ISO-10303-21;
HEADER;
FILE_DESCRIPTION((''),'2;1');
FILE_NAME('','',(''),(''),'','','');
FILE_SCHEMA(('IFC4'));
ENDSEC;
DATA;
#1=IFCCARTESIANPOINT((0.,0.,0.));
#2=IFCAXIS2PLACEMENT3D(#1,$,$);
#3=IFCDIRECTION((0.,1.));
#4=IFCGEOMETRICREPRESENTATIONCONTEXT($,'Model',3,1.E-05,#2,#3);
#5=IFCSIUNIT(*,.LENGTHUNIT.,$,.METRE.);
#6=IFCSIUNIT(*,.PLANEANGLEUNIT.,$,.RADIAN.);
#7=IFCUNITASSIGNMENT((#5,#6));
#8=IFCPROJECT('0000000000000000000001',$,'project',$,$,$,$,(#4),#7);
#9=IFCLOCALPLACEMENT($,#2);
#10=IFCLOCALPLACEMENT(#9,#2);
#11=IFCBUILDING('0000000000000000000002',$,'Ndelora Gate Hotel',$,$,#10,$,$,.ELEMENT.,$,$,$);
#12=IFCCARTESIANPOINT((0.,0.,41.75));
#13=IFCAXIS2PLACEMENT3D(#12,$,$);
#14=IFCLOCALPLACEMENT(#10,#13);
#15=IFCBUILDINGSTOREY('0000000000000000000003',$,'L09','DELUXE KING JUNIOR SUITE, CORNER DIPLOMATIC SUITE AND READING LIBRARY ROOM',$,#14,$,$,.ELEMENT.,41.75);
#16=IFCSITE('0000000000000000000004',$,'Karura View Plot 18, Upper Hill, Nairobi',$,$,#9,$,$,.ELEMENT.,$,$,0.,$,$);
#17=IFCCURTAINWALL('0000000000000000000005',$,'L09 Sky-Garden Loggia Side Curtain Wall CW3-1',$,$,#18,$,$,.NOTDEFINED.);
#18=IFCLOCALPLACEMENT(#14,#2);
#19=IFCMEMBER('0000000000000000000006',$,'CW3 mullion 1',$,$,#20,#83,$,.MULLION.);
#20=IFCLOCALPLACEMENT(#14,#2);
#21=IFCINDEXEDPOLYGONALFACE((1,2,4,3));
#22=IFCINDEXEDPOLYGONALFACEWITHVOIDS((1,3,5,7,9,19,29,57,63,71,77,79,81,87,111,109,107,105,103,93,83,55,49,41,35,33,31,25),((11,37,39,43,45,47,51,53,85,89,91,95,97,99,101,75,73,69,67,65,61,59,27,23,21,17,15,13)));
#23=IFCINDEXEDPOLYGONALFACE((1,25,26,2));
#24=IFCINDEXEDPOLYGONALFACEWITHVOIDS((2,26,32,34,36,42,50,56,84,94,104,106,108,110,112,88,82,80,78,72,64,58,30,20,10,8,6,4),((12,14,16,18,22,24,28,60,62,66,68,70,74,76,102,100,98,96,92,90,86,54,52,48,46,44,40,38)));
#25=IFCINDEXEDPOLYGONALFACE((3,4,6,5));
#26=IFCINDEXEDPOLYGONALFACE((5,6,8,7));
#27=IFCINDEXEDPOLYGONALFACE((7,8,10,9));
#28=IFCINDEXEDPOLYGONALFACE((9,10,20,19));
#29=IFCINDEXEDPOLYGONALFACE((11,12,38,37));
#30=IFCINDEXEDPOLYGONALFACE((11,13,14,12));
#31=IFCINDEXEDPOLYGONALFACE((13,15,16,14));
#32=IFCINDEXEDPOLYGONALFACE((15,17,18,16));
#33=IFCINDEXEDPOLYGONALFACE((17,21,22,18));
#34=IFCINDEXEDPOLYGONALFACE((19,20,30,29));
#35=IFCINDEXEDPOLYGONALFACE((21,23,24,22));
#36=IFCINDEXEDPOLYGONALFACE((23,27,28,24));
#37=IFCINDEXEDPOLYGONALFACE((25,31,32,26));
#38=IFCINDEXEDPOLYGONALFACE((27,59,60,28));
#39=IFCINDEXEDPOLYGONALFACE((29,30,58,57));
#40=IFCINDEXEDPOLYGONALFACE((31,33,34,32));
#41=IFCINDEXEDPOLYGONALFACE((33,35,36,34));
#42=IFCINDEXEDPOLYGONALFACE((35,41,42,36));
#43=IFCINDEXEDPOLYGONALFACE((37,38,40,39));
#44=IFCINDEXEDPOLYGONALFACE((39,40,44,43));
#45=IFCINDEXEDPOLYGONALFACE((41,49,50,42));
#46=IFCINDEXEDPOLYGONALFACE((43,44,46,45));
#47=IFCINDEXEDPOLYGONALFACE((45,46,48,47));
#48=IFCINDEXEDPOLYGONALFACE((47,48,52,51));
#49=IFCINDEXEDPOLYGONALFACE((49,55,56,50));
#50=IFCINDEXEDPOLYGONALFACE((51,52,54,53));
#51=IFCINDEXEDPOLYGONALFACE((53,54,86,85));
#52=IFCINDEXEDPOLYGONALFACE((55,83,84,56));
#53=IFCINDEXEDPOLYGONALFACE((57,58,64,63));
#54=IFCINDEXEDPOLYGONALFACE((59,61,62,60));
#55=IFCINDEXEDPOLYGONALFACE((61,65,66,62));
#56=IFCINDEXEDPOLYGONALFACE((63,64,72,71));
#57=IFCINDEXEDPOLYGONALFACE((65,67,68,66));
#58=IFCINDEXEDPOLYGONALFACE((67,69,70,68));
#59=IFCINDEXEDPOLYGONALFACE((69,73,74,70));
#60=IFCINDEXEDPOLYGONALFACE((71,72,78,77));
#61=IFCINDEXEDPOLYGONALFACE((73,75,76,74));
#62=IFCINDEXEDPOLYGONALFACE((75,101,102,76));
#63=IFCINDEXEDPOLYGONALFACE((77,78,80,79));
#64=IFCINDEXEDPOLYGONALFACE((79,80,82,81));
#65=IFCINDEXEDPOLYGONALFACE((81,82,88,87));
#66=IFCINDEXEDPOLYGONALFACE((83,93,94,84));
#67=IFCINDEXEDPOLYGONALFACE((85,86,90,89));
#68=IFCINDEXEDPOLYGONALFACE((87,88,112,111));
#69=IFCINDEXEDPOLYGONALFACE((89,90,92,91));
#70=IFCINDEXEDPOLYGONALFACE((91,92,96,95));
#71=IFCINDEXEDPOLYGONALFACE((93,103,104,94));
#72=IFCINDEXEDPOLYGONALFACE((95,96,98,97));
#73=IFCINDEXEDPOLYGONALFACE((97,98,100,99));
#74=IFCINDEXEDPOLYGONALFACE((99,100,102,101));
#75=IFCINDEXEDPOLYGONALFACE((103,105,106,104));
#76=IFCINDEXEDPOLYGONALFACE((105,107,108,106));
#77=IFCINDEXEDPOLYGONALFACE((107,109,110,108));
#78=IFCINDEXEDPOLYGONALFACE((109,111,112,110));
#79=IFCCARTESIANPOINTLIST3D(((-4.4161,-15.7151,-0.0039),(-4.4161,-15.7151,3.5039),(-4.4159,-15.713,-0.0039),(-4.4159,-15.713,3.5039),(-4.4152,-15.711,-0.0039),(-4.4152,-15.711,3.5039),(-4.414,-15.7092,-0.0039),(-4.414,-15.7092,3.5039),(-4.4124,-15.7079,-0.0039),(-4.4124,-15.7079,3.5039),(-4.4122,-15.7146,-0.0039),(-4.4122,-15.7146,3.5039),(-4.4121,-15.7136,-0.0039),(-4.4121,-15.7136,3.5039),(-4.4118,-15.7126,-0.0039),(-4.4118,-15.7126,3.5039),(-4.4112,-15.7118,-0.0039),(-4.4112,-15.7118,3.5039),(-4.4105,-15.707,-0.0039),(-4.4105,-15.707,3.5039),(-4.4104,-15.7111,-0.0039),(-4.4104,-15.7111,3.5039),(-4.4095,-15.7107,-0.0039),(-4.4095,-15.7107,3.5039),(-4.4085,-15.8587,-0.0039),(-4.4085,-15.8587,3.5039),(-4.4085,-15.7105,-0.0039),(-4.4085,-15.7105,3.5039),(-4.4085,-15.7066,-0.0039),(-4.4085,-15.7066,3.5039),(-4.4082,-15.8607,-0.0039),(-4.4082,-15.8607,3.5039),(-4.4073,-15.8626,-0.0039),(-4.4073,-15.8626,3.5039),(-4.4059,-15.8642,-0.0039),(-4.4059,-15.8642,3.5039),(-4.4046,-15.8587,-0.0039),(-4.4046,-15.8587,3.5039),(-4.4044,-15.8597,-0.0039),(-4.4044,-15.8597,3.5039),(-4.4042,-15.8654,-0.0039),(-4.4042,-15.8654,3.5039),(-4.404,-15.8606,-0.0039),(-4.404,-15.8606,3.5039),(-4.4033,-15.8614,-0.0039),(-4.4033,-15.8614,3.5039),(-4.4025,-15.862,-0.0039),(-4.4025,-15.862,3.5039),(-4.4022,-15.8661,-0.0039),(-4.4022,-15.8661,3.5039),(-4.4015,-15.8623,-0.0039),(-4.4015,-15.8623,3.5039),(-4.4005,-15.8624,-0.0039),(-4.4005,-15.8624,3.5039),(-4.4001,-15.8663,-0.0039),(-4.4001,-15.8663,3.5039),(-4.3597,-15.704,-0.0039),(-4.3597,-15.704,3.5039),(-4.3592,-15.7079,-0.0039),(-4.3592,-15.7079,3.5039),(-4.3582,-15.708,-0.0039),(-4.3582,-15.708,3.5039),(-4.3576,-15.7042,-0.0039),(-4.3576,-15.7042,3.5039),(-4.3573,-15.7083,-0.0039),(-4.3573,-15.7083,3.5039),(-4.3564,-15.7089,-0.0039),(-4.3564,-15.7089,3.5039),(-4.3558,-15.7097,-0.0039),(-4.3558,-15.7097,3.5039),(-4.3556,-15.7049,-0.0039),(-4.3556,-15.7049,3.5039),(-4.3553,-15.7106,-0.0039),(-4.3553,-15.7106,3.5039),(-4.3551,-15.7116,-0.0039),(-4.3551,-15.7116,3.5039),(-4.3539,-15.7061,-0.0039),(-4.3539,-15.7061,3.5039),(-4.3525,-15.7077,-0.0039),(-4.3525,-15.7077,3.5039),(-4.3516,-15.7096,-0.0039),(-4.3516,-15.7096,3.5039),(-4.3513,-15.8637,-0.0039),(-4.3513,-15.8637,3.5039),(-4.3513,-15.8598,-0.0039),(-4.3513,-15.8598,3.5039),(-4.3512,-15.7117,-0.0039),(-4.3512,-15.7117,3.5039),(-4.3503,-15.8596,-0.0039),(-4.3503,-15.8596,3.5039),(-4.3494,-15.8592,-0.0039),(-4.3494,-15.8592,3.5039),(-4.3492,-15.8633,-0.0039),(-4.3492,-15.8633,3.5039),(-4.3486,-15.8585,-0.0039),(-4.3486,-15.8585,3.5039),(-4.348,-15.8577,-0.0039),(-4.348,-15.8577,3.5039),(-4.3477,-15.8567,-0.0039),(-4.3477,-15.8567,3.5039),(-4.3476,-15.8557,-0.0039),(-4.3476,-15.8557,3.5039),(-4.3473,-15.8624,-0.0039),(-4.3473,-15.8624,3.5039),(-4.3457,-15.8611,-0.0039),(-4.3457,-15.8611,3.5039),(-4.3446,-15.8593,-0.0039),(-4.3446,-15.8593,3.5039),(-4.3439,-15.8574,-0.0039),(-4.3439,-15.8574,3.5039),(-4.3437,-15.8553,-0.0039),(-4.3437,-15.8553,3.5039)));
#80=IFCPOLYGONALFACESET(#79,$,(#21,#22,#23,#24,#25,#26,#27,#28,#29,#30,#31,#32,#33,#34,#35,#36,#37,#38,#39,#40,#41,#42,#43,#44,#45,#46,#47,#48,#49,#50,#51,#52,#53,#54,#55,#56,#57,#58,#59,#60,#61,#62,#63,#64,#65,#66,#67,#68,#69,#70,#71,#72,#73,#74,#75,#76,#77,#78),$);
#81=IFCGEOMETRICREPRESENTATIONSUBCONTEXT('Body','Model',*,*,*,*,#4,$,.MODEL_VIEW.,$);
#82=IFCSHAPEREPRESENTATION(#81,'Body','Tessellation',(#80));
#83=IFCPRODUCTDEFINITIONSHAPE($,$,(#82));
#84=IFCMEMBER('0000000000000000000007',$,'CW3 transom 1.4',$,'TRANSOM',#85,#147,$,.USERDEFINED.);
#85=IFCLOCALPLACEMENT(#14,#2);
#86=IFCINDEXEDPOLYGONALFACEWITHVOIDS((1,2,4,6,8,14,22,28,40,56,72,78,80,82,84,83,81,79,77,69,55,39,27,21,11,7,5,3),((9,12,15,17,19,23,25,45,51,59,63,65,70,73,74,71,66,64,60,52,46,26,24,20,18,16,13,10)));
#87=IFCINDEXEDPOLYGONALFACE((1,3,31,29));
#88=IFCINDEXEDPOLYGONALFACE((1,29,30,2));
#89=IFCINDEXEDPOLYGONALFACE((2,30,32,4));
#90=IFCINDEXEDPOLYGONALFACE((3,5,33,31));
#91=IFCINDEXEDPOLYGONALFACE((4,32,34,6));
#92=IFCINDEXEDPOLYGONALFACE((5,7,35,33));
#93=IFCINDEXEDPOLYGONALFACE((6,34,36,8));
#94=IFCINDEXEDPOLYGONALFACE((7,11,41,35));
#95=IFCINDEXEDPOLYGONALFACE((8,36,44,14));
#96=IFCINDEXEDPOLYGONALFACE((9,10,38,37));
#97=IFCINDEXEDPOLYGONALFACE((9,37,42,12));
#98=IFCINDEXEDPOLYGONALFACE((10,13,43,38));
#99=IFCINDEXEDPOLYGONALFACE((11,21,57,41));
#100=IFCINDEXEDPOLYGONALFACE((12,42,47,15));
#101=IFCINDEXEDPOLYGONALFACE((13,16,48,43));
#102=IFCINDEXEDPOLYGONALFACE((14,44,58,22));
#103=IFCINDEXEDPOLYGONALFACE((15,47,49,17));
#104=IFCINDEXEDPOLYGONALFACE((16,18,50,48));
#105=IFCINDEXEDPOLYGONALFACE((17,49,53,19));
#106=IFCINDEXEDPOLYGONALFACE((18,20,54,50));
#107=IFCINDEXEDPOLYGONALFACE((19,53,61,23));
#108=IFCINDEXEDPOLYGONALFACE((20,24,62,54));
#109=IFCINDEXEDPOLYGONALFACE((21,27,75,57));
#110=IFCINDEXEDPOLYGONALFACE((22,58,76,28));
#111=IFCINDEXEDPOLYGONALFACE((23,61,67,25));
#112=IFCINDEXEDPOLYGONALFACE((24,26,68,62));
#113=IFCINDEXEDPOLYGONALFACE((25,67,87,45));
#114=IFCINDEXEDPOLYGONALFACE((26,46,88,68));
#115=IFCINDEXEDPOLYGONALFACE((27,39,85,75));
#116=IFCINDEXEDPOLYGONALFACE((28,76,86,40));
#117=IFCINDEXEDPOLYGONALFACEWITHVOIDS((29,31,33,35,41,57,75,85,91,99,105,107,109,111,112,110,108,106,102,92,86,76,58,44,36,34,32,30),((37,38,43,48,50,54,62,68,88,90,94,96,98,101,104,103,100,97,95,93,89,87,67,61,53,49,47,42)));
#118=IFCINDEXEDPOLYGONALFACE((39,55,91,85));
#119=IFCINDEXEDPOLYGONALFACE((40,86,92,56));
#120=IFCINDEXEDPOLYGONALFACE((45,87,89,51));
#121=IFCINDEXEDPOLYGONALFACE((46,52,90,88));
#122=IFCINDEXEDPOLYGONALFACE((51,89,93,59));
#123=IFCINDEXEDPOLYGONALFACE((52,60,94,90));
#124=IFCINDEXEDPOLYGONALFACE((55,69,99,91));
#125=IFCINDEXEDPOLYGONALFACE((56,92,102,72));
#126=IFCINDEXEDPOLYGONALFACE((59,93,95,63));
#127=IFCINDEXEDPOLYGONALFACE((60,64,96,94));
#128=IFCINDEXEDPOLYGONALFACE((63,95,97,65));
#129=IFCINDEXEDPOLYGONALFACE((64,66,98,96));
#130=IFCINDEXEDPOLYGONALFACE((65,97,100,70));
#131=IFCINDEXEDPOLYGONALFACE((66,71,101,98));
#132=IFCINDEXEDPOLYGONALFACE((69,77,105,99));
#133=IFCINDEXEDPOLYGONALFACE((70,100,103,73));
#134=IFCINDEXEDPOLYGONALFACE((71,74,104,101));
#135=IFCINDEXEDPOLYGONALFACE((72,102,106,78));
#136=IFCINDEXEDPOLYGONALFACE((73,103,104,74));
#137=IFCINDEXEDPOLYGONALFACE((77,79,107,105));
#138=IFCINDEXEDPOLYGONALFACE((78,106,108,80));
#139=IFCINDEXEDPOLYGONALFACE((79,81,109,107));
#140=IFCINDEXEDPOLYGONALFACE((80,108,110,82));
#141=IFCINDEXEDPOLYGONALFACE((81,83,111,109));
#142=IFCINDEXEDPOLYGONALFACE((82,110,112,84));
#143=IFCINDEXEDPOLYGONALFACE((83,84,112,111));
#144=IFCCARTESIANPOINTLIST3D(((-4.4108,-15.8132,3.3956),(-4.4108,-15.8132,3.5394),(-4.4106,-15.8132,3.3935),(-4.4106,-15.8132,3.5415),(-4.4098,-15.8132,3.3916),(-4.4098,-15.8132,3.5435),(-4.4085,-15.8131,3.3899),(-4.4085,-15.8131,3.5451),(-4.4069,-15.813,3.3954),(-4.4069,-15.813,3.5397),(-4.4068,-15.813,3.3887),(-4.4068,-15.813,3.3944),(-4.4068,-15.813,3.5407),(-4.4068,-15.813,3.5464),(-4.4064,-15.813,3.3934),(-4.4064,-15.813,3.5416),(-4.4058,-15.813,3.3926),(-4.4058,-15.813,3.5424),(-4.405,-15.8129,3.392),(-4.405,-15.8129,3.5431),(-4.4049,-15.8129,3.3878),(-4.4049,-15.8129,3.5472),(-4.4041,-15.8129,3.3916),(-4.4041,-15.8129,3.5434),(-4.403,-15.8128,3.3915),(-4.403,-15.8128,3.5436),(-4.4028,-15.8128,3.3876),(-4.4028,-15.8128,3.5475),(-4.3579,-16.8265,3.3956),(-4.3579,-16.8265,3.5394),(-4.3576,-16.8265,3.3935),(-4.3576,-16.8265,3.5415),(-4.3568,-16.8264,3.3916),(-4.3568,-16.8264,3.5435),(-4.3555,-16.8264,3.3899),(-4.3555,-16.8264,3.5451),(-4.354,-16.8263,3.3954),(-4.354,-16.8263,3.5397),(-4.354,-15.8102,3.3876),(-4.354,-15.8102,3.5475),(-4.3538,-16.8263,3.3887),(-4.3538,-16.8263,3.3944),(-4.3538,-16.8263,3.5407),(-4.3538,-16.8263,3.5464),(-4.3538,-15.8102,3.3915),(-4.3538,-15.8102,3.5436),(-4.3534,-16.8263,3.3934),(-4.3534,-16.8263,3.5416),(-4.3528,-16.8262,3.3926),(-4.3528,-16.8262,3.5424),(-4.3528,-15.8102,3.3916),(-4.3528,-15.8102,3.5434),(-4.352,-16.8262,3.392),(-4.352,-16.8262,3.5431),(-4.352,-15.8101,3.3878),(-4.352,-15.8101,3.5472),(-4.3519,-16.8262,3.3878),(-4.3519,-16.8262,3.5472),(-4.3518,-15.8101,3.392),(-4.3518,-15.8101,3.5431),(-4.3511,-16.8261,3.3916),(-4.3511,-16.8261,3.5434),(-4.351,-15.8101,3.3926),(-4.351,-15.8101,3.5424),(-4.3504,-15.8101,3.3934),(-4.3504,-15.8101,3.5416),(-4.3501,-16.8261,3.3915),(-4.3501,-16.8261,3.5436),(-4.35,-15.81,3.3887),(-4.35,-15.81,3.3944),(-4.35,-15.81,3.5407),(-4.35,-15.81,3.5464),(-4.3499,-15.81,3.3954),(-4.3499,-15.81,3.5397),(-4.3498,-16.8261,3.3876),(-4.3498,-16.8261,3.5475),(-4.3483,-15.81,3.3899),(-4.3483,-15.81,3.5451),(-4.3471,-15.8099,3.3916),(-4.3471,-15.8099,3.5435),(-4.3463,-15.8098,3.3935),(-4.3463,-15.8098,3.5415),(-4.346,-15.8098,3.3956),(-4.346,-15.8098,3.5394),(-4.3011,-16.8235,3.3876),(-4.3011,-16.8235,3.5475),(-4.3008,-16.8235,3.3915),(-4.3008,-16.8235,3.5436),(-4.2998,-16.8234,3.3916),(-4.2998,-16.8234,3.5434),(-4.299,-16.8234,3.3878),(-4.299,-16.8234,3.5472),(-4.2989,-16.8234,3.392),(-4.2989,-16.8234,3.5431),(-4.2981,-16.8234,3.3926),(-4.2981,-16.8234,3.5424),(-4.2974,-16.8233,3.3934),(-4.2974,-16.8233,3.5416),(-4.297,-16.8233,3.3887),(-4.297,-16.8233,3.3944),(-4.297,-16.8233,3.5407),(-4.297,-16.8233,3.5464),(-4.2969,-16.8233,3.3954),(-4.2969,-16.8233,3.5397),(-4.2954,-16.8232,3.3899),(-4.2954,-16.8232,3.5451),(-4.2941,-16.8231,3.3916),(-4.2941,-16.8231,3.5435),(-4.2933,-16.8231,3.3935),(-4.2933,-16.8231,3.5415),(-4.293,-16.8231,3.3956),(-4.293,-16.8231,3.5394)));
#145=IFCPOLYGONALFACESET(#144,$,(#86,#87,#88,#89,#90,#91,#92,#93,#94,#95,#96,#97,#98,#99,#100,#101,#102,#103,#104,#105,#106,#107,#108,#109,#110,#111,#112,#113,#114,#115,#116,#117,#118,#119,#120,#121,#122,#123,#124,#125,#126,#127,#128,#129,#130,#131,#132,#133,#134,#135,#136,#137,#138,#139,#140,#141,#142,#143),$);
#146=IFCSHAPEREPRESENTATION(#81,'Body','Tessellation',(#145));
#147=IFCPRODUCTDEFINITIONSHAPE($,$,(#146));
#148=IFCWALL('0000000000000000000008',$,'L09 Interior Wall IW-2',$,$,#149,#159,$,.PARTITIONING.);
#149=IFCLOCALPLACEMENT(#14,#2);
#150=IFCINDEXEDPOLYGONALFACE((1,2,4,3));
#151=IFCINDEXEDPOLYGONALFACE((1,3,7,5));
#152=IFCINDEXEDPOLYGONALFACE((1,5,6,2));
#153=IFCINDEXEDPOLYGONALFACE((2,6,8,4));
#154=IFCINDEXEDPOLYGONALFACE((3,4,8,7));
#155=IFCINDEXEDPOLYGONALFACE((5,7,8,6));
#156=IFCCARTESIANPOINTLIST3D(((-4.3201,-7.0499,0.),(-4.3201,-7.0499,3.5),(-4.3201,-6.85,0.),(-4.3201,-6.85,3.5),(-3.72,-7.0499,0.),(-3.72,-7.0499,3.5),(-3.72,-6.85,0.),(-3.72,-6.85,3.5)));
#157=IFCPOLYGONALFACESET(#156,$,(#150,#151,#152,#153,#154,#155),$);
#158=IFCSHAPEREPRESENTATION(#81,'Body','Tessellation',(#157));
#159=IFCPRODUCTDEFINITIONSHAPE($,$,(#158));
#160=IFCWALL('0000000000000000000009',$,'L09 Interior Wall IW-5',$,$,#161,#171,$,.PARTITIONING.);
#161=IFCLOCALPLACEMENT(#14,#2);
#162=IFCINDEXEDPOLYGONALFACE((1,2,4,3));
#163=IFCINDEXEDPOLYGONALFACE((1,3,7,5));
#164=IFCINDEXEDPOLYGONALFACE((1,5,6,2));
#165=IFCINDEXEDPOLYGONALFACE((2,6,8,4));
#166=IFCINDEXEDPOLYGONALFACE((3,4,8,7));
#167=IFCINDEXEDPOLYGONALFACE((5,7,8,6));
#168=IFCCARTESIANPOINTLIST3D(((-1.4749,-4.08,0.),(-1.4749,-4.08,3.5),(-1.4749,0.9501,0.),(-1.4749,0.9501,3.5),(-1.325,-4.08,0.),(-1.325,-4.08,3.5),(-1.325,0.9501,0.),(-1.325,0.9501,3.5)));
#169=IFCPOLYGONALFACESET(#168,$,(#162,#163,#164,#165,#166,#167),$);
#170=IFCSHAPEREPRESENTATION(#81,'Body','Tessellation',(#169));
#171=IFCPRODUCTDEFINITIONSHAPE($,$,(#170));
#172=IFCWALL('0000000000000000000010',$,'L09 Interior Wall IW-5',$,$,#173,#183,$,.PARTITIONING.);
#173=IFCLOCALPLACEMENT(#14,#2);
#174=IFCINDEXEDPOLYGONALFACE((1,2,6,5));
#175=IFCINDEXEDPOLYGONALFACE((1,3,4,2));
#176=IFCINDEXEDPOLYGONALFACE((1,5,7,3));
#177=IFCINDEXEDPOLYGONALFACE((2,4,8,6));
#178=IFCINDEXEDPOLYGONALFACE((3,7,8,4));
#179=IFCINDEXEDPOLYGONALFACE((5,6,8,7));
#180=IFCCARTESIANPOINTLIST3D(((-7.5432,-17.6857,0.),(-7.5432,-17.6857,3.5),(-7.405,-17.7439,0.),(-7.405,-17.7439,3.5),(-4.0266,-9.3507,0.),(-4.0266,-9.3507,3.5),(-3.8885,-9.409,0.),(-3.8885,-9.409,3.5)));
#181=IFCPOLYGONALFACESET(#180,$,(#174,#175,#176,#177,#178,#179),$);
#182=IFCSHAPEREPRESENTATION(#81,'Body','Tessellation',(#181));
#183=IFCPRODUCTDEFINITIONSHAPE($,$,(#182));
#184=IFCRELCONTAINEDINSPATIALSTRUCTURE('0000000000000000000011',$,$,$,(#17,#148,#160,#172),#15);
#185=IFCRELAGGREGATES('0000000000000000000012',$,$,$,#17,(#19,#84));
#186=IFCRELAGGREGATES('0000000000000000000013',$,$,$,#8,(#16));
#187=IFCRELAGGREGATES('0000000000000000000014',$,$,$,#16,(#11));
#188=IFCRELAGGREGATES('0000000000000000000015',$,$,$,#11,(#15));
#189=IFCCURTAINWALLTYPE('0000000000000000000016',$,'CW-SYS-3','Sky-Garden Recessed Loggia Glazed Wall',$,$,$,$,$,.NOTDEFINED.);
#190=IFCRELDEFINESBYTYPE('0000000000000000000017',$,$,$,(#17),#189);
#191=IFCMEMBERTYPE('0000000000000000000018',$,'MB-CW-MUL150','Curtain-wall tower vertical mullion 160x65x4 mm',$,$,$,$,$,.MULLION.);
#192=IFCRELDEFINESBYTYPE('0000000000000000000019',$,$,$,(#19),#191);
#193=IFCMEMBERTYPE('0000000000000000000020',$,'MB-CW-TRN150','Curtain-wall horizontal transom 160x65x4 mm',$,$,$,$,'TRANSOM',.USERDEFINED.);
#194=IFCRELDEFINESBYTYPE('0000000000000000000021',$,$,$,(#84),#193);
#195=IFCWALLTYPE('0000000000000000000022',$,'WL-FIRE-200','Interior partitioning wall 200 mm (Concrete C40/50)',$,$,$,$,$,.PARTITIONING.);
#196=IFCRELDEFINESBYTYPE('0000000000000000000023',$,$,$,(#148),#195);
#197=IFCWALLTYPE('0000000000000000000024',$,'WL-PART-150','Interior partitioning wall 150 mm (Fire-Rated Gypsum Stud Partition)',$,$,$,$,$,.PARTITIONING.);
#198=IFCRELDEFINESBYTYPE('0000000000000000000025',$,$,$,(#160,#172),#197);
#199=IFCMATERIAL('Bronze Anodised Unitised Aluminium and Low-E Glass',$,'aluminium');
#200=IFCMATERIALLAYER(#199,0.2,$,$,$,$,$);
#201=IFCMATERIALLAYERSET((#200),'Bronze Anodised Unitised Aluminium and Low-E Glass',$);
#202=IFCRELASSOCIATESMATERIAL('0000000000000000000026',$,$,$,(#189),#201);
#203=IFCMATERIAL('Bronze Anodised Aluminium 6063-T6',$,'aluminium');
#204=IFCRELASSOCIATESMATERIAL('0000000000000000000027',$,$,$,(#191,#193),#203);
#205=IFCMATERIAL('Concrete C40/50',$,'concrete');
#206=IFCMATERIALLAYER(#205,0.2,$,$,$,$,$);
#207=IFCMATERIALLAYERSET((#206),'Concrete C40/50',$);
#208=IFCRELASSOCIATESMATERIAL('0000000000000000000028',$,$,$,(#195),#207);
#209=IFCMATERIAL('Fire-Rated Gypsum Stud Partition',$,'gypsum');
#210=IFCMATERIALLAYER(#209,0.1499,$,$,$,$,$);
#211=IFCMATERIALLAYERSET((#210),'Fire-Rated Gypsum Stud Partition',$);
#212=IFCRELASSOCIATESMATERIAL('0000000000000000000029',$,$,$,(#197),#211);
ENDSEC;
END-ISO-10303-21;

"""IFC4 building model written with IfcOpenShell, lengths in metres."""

from ifc_helpers import new_model, si_unit, direction, frame, frame_2d, origin, origin_2d, place, context, subcontext, project, spatial, rectangle, hollow_rectangle, extrude, material, layer, layer_set, material_profile, profile_set, type_object, element, aggregate, save


model = new_model("IFC4")

# Units and contexts
model_context = context("Model", 3, precision=1e-05, world=origin(), true_north=direction((0.0, 1.0)))
body_context = subcontext(model_context, "Body", "Model", "MODEL_VIEW")
ifc_project = project(units=[si_unit("LENGTHUNIT", "METRE"), si_unit("PLANEANGLEUNIT", "RADIAN")], contexts=[model_context])

# Site, building, storey
site_placement = place(None, origin())
site = spatial("IfcSite", under=ifc_project, at=site_placement, Name="Karura View Plot 18, Upper Hill, Nairobi", CompositionType="ELEMENT", RefElevation=0.0)
building_placement = place(site_placement, origin())
building = spatial("IfcBuilding", under=site, at=building_placement, Name="Ndelora Gate Hotel", CompositionType="ELEMENT")
storey_placement = place(building_placement, frame((0.0, 0.0, 41.75)))
storey = spatial("IfcBuildingStorey", under=building, at=storey_placement, Name="L09", Description="DELUXE KING JUNIOR SUITE, CORNER DIPLOMATIC SUITE AND READING LIBRARY ROOM", CompositionType="ELEMENT", Elevation=41.75)

# Curtain wall, members
ifc_material_1 = material(Name="Bronze Anodised Unitised Aluminium and Low-E Glass", Category="aluminium")
ifc_layer_1 = layer(ifc_material_1, 0.2)
ifc_layer_set_1 = layer_set([ifc_layer_1], Name="Bronze Anodised Unitised Aluminium and Low-E Glass")
curtain_wall_type = type_object("IfcCurtainWallType", Name="CW-SYS-3", Description="Sky-Garden Recessed Loggia Glazed Wall", PredefinedType="NOTDEFINED", material=ifc_layer_set_1)
curtain_wall_placement = place(storey_placement, origin())
curtain_wall = element("IfcCurtainWall", 1, at=curtain_wall_placement, inside=storey, type_object=curtain_wall_type, Name="L09 Sky-Garden Loggia Side Curtain Wall CW3-1", PredefinedType="NOTDEFINED")
ifc_material_2 = material(Name="Bronze Anodised Aluminium 6063-T6", Category="aluminium")
ifc_material_profile_1 = material_profile(ifc_material_2, hollow_rectangle(XDim=0.0649, YDim=0.1599, WallThickness=0.0039, InnerFilletRadius=0.0039, OuterFilletRadius=0.0081, at=origin_2d()), Name="ALU 160x65x4")
ifc_profile_set_1 = profile_set([ifc_material_profile_1], Name="Bronze Anodised Aluminium 6063-T6")
member_type_1 = type_object("IfcMemberType", Name="MB-CW-MUL150", Description="Curtain-wall tower vertical mullion 160x65x4 mm", PredefinedType="MULLION", material=ifc_profile_set_1)
member_1_placement = place(storey_placement, frame((-4.3799, -15.7852, -0.0039), z_axis=(0.0, 0.0, 1.0), x_axis=(0.998628, 0.052363, 0.0)))
member_1 = element("IfcMember", 2, at=member_1_placement, type_object=member_type_1, Name="CW3 mullion 1", PredefinedType="MULLION", context=body_context, shape_type="SweptSolid", body=[
    extrude(hollow_rectangle(XDim=0.0649, YDim=0.1599, WallThickness=0.0039, InnerFilletRadius=0.0039, OuterFilletRadius=0.0081, at=origin_2d()), origin(), (0.0, 0.0, 1.0), 3.5078),
])
ifc_material_profile_2 = material_profile(ifc_material_2, hollow_rectangle(XDim=0.0649, YDim=0.1599, WallThickness=0.0039, InnerFilletRadius=0.0039, OuterFilletRadius=0.0081, at=origin_2d()), Name="ALU 160x65x4")
ifc_profile_set_2 = profile_set([ifc_material_profile_2], Name="Bronze Anodised Aluminium 6063-T6")
member_type_2 = type_object("IfcMemberType", Name="MB-CW-TRN150", Description="Curtain-wall horizontal transom 160x65x4 mm", ElementType="TRANSOM", PredefinedType="USERDEFINED", material=ifc_profile_set_2)
member_2_placement = place(storey_placement, frame((-4.3784, -15.8115, 3.4675), z_axis=(0.052218, -0.998636, 0.0), x_axis=(0.998636, 0.052218, 0.0)))
member_2 = element("IfcMember", 3, at=member_2_placement, type_object=member_type_2, Name="CW3 transom 1.4", ObjectType="TRANSOM", PredefinedType="USERDEFINED", context=body_context, shape_type="SweptSolid", body=[
    extrude(hollow_rectangle(XDim=0.0649, YDim=0.1599, WallThickness=0.0039, InnerFilletRadius=0.0039, OuterFilletRadius=0.0081, at=origin_2d()), origin(), (0.0, 0.0, 1.0), 1.0146),
])
aggregate(curtain_wall, [member_1, member_2])

# Walls
ifc_material_3 = material(Name="Concrete C40/50", Category="concrete")
ifc_layer_2 = layer(ifc_material_3, 0.2)
ifc_layer_set_2 = layer_set([ifc_layer_2], Name="Concrete C40/50")
wall_type_1 = type_object("IfcWallType", Name="WL-FIRE-200", Description="Interior partitioning wall 200 mm (Concrete C40/50)", PredefinedType="PARTITIONING", material=ifc_layer_set_2)
wall_1_placement = place(storey_placement, frame((-4.3201, -6.95, 0.0), z_axis=(0.0, 0.0, 1.0), x_axis=(1.0, 0.0, 0.0)))
element("IfcWall", 4, at=wall_1_placement, inside=storey, type_object=wall_type_1, Name="L09 Interior Wall IW-2", PredefinedType="PARTITIONING", context=body_context, shape_type="SweptSolid", body=[
    extrude(rectangle(XDim=0.6001, YDim=0.2, at=frame_2d((0.3, 0.0))), origin(), (0.0, 0.0, 1.0), 3.5),
])
ifc_material_4 = material(Name="Fire-Rated Gypsum Stud Partition", Category="gypsum")
ifc_layer_3 = layer(ifc_material_4, 0.1499)
ifc_layer_set_3 = layer_set([ifc_layer_3], Name="Fire-Rated Gypsum Stud Partition")
wall_type_2 = type_object("IfcWallType", Name="WL-PART-150", Description="Interior partitioning wall 150 mm (Fire-Rated Gypsum Stud Partition)", PredefinedType="PARTITIONING", material=ifc_layer_set_3)
wall_2_placement = place(storey_placement, frame((-1.3999, -4.0801, 0.0), z_axis=(0.0, 0.0, 1.0), x_axis=(0.0, 1.0, 0.0)))
element("IfcWall", 5, at=wall_2_placement, inside=storey, type_object=wall_type_2, Name="L09 Interior Wall IW-5", PredefinedType="PARTITIONING", context=body_context, shape_type="SweptSolid", body=[
    extrude(rectangle(XDim=5.03, YDim=0.1499, at=frame_2d((2.5151, 0.0))), origin(), (0.0, 0.0, 1.0), 3.5),
])
wall_3_placement = place(storey_placement, frame((-3.9575, -9.3799, 0.0), z_axis=(0.0, 0.0, 1.0), x_axis=(-0.388728, -0.921353, 0.0)))
element("IfcWall", 6, at=wall_3_placement, inside=storey, type_object=wall_type_2, Name="L09 Interior Wall IW-5", PredefinedType="PARTITIONING", context=body_context, shape_type="SweptSolid", body=[
    extrude(rectangle(XDim=9.0464, YDim=0.1499, at=frame_2d((4.5232, 0.0))), origin(), (0.0, 0.0, 1.0), 3.5),
])

save(model, "model.ifc")
